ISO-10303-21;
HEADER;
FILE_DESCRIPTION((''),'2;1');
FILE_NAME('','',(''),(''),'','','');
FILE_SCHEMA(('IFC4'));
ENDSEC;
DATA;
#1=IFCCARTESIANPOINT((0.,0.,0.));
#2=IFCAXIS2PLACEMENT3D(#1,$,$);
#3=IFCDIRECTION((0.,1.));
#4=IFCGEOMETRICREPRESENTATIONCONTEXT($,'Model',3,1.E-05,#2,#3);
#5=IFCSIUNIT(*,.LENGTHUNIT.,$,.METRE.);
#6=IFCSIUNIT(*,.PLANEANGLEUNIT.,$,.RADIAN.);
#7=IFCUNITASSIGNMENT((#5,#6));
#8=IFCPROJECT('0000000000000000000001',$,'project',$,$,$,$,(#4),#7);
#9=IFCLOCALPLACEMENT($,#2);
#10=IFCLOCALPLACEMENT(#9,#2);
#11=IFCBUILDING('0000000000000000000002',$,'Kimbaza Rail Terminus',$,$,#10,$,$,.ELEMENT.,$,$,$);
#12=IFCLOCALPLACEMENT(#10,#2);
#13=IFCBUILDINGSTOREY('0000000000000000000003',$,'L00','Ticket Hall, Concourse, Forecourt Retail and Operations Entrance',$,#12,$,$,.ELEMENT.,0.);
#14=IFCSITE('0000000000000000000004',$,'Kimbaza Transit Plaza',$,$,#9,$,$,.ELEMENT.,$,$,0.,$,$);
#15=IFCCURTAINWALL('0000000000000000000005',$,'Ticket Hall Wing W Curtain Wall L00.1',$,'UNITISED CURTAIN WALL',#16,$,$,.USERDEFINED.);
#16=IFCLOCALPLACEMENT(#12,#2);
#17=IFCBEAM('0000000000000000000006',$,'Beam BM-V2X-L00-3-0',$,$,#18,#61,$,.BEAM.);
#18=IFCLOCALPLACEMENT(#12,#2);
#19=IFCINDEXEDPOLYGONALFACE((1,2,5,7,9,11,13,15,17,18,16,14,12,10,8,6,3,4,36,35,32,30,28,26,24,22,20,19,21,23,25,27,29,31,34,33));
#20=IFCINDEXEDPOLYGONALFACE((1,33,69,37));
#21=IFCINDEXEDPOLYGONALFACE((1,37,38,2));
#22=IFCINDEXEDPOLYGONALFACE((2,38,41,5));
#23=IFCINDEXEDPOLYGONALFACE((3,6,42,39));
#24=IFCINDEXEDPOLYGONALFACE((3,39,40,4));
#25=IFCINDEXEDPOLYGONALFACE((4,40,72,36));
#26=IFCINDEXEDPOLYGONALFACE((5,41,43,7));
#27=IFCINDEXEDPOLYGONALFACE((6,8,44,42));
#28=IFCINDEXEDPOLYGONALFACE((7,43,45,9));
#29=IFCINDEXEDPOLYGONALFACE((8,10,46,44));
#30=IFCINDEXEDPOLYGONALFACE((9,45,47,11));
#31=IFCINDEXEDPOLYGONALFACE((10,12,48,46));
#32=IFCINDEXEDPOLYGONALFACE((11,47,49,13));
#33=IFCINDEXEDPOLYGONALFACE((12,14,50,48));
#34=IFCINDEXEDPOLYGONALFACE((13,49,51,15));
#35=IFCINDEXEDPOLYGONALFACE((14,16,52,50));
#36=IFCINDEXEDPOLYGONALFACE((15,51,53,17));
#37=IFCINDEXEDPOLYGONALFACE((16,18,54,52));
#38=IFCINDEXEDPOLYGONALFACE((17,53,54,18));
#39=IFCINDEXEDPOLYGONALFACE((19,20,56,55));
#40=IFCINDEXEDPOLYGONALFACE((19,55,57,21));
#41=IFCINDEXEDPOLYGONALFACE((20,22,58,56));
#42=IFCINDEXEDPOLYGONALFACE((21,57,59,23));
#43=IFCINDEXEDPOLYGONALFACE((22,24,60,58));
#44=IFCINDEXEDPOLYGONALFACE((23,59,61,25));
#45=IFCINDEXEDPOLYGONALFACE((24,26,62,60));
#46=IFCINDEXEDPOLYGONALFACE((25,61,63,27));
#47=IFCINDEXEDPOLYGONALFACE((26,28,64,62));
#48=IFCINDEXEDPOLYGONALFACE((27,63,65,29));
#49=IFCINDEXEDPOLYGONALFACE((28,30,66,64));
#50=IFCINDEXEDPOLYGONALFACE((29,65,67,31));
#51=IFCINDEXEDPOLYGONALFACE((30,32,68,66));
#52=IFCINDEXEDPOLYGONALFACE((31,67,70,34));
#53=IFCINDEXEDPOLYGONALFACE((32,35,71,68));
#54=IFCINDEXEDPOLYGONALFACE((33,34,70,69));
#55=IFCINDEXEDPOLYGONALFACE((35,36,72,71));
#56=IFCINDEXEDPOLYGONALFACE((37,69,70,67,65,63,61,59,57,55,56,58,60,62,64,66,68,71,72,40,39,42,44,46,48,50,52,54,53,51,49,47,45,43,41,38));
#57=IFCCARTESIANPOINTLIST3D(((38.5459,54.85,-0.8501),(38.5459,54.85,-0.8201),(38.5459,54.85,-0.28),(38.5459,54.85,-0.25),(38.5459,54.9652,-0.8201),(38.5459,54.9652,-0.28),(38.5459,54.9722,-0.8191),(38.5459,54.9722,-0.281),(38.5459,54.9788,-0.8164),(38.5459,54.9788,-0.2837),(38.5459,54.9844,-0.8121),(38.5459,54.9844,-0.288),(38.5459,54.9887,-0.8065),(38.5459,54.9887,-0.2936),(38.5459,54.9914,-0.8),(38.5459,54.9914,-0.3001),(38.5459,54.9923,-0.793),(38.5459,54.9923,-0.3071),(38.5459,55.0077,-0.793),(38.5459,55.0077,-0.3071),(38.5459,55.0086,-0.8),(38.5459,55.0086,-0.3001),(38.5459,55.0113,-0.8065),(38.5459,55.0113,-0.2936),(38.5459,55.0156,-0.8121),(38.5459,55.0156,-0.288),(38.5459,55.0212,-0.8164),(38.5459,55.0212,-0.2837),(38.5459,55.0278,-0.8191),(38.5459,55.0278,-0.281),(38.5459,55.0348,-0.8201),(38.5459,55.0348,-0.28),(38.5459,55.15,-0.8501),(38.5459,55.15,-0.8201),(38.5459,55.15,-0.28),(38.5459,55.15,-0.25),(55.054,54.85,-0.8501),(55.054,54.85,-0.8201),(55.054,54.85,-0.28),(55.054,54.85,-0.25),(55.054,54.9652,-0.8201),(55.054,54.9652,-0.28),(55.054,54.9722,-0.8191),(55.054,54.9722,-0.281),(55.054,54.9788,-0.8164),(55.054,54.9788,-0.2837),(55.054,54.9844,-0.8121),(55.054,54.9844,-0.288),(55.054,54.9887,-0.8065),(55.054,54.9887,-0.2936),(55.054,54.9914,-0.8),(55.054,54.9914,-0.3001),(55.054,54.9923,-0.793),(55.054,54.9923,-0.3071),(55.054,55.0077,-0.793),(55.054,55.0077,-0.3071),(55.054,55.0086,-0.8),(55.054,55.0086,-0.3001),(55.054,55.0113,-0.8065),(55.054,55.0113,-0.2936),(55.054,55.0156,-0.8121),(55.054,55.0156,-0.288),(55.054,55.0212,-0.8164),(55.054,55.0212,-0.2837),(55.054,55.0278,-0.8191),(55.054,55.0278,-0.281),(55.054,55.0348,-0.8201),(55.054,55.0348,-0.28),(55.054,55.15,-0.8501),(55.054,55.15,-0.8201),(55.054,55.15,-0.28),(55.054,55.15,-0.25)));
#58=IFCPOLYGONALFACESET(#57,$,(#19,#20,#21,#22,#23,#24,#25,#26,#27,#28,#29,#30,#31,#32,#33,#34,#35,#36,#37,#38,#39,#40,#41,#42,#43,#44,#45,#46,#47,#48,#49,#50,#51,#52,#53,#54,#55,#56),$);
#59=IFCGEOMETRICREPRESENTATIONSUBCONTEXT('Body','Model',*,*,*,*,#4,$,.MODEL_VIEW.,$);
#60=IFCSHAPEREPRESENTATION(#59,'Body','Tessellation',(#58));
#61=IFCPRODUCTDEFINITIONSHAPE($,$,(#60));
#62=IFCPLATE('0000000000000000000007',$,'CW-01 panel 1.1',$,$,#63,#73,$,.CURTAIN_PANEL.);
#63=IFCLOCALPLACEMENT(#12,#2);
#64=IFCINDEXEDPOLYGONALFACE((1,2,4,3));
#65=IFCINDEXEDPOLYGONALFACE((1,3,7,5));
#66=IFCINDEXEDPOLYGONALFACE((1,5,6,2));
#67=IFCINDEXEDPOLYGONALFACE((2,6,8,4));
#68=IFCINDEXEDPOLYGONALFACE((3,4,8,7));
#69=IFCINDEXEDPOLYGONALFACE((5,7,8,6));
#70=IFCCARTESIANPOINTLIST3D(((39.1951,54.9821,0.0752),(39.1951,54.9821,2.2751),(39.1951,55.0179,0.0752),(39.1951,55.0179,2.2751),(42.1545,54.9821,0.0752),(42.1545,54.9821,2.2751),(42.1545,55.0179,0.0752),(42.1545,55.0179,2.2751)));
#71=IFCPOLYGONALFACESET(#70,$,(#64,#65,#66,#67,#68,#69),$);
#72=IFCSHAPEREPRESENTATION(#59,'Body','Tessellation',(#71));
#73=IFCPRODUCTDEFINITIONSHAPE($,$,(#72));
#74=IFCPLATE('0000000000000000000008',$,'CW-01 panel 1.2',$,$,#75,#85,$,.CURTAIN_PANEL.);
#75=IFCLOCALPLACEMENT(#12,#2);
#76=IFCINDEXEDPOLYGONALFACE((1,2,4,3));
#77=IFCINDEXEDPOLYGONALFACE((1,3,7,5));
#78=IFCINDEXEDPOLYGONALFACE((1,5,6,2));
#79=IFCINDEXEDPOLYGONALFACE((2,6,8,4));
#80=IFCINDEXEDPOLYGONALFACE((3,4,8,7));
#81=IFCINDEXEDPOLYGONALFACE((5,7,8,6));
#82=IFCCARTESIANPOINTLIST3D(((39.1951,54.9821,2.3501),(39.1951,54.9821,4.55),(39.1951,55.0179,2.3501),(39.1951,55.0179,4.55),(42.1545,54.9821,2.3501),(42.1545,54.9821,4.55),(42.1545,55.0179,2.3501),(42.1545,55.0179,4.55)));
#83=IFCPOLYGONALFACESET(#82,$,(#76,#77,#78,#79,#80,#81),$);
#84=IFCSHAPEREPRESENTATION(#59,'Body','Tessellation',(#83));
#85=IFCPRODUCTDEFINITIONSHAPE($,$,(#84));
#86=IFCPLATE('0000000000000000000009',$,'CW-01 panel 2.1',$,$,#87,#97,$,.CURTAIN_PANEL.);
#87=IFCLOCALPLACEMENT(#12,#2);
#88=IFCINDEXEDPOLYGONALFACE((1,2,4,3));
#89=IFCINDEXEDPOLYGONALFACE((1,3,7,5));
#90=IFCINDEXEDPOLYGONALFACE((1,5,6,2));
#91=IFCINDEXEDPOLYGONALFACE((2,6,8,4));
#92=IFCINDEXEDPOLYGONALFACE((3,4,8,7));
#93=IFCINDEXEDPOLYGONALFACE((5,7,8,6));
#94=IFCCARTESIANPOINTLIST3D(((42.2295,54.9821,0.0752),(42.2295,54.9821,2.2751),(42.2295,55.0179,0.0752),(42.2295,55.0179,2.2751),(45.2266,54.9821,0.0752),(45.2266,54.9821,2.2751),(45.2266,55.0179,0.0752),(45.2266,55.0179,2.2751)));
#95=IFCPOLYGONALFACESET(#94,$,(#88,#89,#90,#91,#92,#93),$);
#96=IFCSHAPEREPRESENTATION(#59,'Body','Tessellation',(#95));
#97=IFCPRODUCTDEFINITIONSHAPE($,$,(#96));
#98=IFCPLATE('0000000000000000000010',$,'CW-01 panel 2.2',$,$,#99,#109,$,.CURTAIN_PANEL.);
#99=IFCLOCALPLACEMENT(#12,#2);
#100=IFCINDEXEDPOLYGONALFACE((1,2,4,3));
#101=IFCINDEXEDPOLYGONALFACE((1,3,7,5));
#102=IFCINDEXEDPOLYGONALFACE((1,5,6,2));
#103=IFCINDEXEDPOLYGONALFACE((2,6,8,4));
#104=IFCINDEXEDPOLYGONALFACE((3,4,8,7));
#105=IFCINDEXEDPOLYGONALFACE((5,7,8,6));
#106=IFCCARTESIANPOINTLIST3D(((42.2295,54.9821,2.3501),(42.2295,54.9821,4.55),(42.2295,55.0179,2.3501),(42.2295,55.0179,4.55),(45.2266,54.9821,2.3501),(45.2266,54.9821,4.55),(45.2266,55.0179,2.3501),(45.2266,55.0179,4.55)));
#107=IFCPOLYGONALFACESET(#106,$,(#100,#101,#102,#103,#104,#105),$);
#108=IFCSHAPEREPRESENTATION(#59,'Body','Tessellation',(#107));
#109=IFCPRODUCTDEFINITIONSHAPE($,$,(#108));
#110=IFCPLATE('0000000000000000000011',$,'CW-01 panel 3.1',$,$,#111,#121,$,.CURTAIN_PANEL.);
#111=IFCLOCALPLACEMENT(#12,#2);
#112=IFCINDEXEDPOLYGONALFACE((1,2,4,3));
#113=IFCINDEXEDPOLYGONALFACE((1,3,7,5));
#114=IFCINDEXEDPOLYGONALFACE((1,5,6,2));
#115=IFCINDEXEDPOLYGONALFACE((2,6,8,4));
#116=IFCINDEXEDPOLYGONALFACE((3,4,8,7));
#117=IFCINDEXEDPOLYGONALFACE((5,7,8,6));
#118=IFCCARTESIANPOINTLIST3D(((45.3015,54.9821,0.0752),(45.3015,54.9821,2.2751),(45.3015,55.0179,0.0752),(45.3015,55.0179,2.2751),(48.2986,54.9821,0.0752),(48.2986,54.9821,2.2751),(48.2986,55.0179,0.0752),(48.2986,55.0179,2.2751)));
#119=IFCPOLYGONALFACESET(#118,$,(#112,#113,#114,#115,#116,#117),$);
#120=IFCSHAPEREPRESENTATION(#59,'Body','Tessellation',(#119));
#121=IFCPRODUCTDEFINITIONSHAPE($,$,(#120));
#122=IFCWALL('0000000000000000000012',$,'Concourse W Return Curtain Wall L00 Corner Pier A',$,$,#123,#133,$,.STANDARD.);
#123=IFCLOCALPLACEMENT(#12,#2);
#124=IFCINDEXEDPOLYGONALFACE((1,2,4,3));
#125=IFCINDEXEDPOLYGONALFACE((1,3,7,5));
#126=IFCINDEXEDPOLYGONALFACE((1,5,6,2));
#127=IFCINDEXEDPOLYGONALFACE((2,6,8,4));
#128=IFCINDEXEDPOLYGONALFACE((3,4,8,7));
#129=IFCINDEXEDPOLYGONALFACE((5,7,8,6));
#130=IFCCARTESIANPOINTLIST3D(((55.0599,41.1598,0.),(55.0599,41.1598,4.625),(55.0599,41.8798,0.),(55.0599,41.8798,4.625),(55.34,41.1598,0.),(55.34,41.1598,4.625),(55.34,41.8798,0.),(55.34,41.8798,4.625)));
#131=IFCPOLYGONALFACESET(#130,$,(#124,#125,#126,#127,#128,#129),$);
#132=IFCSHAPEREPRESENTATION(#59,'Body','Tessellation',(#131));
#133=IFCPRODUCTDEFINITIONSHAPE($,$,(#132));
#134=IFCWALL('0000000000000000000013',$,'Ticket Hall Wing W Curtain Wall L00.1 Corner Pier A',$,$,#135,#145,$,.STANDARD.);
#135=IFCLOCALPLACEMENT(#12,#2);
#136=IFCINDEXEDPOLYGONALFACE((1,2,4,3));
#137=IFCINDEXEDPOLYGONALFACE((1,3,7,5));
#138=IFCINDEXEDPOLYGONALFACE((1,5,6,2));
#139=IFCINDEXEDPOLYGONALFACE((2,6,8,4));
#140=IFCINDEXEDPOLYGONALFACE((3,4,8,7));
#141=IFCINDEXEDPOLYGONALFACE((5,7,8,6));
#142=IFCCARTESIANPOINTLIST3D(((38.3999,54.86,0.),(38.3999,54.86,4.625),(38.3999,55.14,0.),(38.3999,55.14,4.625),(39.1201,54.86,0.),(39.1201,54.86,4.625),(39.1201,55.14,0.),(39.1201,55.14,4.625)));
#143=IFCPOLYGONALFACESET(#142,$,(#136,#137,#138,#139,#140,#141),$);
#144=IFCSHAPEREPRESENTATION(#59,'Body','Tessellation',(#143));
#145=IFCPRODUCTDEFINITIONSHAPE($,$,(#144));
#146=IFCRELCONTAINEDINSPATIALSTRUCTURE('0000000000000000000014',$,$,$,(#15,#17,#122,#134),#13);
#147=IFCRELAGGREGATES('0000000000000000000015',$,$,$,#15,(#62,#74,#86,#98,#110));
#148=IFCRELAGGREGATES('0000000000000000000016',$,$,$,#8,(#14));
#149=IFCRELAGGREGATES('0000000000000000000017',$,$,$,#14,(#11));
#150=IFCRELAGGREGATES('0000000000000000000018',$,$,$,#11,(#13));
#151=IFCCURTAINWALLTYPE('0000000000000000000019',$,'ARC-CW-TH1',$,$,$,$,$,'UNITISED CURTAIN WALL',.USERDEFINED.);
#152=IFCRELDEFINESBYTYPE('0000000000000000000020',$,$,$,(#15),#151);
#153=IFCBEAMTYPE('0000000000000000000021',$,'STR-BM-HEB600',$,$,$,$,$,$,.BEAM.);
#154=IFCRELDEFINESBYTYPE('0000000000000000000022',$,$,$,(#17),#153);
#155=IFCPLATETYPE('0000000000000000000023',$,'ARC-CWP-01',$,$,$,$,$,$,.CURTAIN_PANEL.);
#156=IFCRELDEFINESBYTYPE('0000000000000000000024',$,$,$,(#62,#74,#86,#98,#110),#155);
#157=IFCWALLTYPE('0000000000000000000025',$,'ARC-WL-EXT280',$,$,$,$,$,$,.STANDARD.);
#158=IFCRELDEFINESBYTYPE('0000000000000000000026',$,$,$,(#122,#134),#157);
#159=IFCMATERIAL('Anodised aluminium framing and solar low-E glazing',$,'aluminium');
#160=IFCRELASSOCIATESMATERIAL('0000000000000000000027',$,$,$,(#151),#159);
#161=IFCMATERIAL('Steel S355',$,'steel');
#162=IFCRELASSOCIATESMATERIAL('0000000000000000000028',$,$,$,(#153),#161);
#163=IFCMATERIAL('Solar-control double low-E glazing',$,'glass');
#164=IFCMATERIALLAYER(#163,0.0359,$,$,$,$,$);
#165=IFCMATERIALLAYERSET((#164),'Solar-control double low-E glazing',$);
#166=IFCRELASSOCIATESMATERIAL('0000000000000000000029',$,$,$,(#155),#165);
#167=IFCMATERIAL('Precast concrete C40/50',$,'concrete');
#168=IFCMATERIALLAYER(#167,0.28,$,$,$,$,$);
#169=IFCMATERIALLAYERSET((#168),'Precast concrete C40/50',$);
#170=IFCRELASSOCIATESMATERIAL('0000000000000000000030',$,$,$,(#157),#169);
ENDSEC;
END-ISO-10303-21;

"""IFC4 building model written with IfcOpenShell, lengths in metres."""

from ifc_helpers import new_model, si_unit, direction, frame, frame_2d, origin, origin_2d, place, context, subcontext, project, spatial, rectangle, i_section, extrude, material, layer, layer_set, material_profile, profile_set, type_object, element, aggregate, save


model = new_model("IFC4")

# Units and contexts
model_context = context("Model", 3, precision=1e-05, world=origin(), true_north=direction((0.0, 1.0)))
body_context = subcontext(model_context, "Body", "Model", "MODEL_VIEW")
ifc_project = project(units=[si_unit("LENGTHUNIT", "METRE"), si_unit("PLANEANGLEUNIT", "RADIAN")], contexts=[model_context])

# Site, building, storey
site_placement = place(None, origin())
site = spatial("IfcSite", under=ifc_project, at=site_placement, Name="Kimbaza Transit Plaza", CompositionType="ELEMENT", RefElevation=0.0)
building_placement = place(site_placement, origin())
building = spatial("IfcBuilding", under=site, at=building_placement, Name="Kimbaza Rail Terminus", CompositionType="ELEMENT")
storey_placement = place(building_placement, origin())
storey = spatial("IfcBuildingStorey", under=building, at=storey_placement, Name="L00", Description="Ticket Hall, Concourse, Forecourt Retail and Operations Entrance", CompositionType="ELEMENT", Elevation=0.0)

# Curtain wall
ifc_material_1 = material(Name="Anodised aluminium framing and solar low-E glazing", Category="aluminium")
curtain_wall_type = type_object("IfcCurtainWallType", Name="ARC-CW-TH1", ElementType="UNITISED CURTAIN WALL", PredefinedType="USERDEFINED", material=ifc_material_1)
curtain_wall_placement = place(storey_placement, origin())
curtain_wall = element("IfcCurtainWall", 1, at=curtain_wall_placement, inside=storey, type_object=curtain_wall_type, Name="Ticket Hall Wing W Curtain Wall L00.1", ObjectType="UNITISED CURTAIN WALL", PredefinedType="USERDEFINED")

# Beam
ifc_material_2 = material(Name="Steel S355", Category="steel")
ifc_material_profile_1 = material_profile(ifc_material_2, i_section(OverallWidth=0.3, OverallDepth=0.6001, WebThickness=0.0154, FlangeThickness=0.03, FilletRadius=0.0271, at=origin_2d()), Name="HEB 600")
ifc_profile_set_1 = profile_set([ifc_material_profile_1], Name="Steel S355")
beam_type = type_object("IfcBeamType", Name="STR-BM-HEB600", PredefinedType="BEAM", material=ifc_profile_set_1)
beam_1_placement = place(storey_placement, frame((38.5459, 55.0, -0.55), z_axis=(1.0, 0.0, 0.0), x_axis=(0.0, 1.0, 0.0)))
element("IfcBeam", 2, at=beam_1_placement, inside=storey, type_object=beam_type, Name="Beam BM-V2X-L00-3-0", PredefinedType="BEAM", context=body_context, shape_type="SweptSolid", body=[
    extrude(i_section(OverallWidth=0.3, OverallDepth=0.6001, WebThickness=0.0154, FlangeThickness=0.03, FilletRadius=0.0271, at=origin_2d()), origin(), (0.0, 0.0, 1.0), 16.5081),
])

# Plates
ifc_material_3 = material(Name="Solar-control double low-E glazing", Category="glass")
ifc_layer_1 = layer(ifc_material_3, 0.0359)
ifc_layer_set_1 = layer_set([ifc_layer_1], Name="Solar-control double low-E glazing")
plate_type = type_object("IfcPlateType", Name="ARC-CWP-01", PredefinedType="CURTAIN_PANEL", material=ifc_layer_set_1)
plate_1_placement = place(storey_placement, frame((40.6748, 55.0, 0.0752), z_axis=(0.0, 0.0, 1.0), x_axis=(1.0, 0.0, 0.0)))
plate_1 = element("IfcPlate", 3, at=plate_1_placement, type_object=plate_type, Name="CW-01 panel 1.1", PredefinedType="CURTAIN_PANEL", context=body_context, shape_type="SweptSolid", body=[
    extrude(rectangle(XDim=2.9595, YDim=0.0359, at=origin_2d()), origin(), (0.0, 0.0, 1.0), 2.2),
])
plate_2_placement = place(storey_placement, frame((40.6748, 55.0, 2.3501), z_axis=(0.0, 0.0, 1.0), x_axis=(1.0, 0.0, 0.0)))
plate_2 = element("IfcPlate", 4, at=plate_2_placement, type_object=plate_type, Name="CW-01 panel 1.2", PredefinedType="CURTAIN_PANEL", context=body_context, shape_type="SweptSolid", body=[
    extrude(rectangle(XDim=2.9595, YDim=0.0359, at=origin_2d()), origin(), (0.0, 0.0, 1.0), 2.2),
])
plate_3_placement = place(storey_placement, frame((43.728, 55.0, 0.0752), z_axis=(0.0, 0.0, 1.0), x_axis=(1.0, 0.0, 0.0)))
plate_3 = element("IfcPlate", 5, at=plate_3_placement, type_object=plate_type, Name="CW-01 panel 2.1", PredefinedType="CURTAIN_PANEL", context=body_context, shape_type="SweptSolid", body=[
    extrude(rectangle(XDim=2.9971, YDim=0.0359, at=origin_2d()), origin(), (0.0, 0.0, 1.0), 2.2),
])
plate_4_placement = place(storey_placement, frame((43.728, 55.0, 2.3501), z_axis=(0.0, 0.0, 1.0), x_axis=(1.0, 0.0, 0.0)))
plate_4 = element("IfcPlate", 6, at=plate_4_placement, type_object=plate_type, Name="CW-01 panel 2.2", PredefinedType="CURTAIN_PANEL", context=body_context, shape_type="SweptSolid", body=[
    extrude(rectangle(XDim=2.9971, YDim=0.0359, at=origin_2d()), origin(), (0.0, 0.0, 1.0), 2.2),
])
plate_5_placement = place(storey_placement, frame((46.8, 55.0, 0.0752), z_axis=(0.0, 0.0, 1.0), x_axis=(1.0, 0.0, 0.0)))
plate_5 = element("IfcPlate", 7, at=plate_5_placement, type_object=plate_type, Name="CW-01 panel 3.1", PredefinedType="CURTAIN_PANEL", context=body_context, shape_type="SweptSolid", body=[
    extrude(rectangle(XDim=2.9971, YDim=0.0359, at=origin_2d()), origin(), (0.0, 0.0, 1.0), 2.2),
])
aggregate(curtain_wall, [plate_1, plate_2, plate_3, plate_4, plate_5])

# Walls
ifc_material_4 = material(Name="Precast concrete C40/50", Category="concrete")
ifc_layer_2 = layer(ifc_material_4, 0.28)
ifc_layer_set_2 = layer_set([ifc_layer_2], Name="Precast concrete C40/50")
wall_type_1 = type_object("IfcWallType", Name="ARC-WL-EXT280", PredefinedType="STANDARD", material=ifc_layer_set_2)
wall_1_placement = place(storey_placement, frame((55.2, 41.1599, 0.0), z_axis=(0.0, 0.0, 1.0), x_axis=(0.0, 1.0, 0.0)))
element("IfcWall", 8, at=wall_1_placement, inside=storey, type_object=wall_type_1, Name="Concourse W Return Curtain Wall L00 Corner Pier A", PredefinedType="STANDARD", context=body_context, shape_type="SweptSolid", body=[
    extrude(rectangle(XDim=0.72, YDim=0.28, at=frame_2d((0.3599, 0.0))), origin(), (0.0, 0.0, 1.0), 4.625),
])
wall_2_placement = place(storey_placement, frame((38.3999, 55.0, 0.0), z_axis=(0.0, 0.0, 1.0), x_axis=(1.0, 0.0, 0.0)))
element("IfcWall", 9, at=wall_2_placement, inside=storey, type_object=wall_type_1, Name="Ticket Hall Wing W Curtain Wall L00.1 Corner Pier A", PredefinedType="STANDARD", context=body_context, shape_type="SweptSolid", body=[
    extrude(rectangle(XDim=0.7202, YDim=0.28, at=frame_2d((0.3601, 0.0))), origin(), (0.0, 0.0, 1.0), 4.625),
])

save(model, "model.ifc")
